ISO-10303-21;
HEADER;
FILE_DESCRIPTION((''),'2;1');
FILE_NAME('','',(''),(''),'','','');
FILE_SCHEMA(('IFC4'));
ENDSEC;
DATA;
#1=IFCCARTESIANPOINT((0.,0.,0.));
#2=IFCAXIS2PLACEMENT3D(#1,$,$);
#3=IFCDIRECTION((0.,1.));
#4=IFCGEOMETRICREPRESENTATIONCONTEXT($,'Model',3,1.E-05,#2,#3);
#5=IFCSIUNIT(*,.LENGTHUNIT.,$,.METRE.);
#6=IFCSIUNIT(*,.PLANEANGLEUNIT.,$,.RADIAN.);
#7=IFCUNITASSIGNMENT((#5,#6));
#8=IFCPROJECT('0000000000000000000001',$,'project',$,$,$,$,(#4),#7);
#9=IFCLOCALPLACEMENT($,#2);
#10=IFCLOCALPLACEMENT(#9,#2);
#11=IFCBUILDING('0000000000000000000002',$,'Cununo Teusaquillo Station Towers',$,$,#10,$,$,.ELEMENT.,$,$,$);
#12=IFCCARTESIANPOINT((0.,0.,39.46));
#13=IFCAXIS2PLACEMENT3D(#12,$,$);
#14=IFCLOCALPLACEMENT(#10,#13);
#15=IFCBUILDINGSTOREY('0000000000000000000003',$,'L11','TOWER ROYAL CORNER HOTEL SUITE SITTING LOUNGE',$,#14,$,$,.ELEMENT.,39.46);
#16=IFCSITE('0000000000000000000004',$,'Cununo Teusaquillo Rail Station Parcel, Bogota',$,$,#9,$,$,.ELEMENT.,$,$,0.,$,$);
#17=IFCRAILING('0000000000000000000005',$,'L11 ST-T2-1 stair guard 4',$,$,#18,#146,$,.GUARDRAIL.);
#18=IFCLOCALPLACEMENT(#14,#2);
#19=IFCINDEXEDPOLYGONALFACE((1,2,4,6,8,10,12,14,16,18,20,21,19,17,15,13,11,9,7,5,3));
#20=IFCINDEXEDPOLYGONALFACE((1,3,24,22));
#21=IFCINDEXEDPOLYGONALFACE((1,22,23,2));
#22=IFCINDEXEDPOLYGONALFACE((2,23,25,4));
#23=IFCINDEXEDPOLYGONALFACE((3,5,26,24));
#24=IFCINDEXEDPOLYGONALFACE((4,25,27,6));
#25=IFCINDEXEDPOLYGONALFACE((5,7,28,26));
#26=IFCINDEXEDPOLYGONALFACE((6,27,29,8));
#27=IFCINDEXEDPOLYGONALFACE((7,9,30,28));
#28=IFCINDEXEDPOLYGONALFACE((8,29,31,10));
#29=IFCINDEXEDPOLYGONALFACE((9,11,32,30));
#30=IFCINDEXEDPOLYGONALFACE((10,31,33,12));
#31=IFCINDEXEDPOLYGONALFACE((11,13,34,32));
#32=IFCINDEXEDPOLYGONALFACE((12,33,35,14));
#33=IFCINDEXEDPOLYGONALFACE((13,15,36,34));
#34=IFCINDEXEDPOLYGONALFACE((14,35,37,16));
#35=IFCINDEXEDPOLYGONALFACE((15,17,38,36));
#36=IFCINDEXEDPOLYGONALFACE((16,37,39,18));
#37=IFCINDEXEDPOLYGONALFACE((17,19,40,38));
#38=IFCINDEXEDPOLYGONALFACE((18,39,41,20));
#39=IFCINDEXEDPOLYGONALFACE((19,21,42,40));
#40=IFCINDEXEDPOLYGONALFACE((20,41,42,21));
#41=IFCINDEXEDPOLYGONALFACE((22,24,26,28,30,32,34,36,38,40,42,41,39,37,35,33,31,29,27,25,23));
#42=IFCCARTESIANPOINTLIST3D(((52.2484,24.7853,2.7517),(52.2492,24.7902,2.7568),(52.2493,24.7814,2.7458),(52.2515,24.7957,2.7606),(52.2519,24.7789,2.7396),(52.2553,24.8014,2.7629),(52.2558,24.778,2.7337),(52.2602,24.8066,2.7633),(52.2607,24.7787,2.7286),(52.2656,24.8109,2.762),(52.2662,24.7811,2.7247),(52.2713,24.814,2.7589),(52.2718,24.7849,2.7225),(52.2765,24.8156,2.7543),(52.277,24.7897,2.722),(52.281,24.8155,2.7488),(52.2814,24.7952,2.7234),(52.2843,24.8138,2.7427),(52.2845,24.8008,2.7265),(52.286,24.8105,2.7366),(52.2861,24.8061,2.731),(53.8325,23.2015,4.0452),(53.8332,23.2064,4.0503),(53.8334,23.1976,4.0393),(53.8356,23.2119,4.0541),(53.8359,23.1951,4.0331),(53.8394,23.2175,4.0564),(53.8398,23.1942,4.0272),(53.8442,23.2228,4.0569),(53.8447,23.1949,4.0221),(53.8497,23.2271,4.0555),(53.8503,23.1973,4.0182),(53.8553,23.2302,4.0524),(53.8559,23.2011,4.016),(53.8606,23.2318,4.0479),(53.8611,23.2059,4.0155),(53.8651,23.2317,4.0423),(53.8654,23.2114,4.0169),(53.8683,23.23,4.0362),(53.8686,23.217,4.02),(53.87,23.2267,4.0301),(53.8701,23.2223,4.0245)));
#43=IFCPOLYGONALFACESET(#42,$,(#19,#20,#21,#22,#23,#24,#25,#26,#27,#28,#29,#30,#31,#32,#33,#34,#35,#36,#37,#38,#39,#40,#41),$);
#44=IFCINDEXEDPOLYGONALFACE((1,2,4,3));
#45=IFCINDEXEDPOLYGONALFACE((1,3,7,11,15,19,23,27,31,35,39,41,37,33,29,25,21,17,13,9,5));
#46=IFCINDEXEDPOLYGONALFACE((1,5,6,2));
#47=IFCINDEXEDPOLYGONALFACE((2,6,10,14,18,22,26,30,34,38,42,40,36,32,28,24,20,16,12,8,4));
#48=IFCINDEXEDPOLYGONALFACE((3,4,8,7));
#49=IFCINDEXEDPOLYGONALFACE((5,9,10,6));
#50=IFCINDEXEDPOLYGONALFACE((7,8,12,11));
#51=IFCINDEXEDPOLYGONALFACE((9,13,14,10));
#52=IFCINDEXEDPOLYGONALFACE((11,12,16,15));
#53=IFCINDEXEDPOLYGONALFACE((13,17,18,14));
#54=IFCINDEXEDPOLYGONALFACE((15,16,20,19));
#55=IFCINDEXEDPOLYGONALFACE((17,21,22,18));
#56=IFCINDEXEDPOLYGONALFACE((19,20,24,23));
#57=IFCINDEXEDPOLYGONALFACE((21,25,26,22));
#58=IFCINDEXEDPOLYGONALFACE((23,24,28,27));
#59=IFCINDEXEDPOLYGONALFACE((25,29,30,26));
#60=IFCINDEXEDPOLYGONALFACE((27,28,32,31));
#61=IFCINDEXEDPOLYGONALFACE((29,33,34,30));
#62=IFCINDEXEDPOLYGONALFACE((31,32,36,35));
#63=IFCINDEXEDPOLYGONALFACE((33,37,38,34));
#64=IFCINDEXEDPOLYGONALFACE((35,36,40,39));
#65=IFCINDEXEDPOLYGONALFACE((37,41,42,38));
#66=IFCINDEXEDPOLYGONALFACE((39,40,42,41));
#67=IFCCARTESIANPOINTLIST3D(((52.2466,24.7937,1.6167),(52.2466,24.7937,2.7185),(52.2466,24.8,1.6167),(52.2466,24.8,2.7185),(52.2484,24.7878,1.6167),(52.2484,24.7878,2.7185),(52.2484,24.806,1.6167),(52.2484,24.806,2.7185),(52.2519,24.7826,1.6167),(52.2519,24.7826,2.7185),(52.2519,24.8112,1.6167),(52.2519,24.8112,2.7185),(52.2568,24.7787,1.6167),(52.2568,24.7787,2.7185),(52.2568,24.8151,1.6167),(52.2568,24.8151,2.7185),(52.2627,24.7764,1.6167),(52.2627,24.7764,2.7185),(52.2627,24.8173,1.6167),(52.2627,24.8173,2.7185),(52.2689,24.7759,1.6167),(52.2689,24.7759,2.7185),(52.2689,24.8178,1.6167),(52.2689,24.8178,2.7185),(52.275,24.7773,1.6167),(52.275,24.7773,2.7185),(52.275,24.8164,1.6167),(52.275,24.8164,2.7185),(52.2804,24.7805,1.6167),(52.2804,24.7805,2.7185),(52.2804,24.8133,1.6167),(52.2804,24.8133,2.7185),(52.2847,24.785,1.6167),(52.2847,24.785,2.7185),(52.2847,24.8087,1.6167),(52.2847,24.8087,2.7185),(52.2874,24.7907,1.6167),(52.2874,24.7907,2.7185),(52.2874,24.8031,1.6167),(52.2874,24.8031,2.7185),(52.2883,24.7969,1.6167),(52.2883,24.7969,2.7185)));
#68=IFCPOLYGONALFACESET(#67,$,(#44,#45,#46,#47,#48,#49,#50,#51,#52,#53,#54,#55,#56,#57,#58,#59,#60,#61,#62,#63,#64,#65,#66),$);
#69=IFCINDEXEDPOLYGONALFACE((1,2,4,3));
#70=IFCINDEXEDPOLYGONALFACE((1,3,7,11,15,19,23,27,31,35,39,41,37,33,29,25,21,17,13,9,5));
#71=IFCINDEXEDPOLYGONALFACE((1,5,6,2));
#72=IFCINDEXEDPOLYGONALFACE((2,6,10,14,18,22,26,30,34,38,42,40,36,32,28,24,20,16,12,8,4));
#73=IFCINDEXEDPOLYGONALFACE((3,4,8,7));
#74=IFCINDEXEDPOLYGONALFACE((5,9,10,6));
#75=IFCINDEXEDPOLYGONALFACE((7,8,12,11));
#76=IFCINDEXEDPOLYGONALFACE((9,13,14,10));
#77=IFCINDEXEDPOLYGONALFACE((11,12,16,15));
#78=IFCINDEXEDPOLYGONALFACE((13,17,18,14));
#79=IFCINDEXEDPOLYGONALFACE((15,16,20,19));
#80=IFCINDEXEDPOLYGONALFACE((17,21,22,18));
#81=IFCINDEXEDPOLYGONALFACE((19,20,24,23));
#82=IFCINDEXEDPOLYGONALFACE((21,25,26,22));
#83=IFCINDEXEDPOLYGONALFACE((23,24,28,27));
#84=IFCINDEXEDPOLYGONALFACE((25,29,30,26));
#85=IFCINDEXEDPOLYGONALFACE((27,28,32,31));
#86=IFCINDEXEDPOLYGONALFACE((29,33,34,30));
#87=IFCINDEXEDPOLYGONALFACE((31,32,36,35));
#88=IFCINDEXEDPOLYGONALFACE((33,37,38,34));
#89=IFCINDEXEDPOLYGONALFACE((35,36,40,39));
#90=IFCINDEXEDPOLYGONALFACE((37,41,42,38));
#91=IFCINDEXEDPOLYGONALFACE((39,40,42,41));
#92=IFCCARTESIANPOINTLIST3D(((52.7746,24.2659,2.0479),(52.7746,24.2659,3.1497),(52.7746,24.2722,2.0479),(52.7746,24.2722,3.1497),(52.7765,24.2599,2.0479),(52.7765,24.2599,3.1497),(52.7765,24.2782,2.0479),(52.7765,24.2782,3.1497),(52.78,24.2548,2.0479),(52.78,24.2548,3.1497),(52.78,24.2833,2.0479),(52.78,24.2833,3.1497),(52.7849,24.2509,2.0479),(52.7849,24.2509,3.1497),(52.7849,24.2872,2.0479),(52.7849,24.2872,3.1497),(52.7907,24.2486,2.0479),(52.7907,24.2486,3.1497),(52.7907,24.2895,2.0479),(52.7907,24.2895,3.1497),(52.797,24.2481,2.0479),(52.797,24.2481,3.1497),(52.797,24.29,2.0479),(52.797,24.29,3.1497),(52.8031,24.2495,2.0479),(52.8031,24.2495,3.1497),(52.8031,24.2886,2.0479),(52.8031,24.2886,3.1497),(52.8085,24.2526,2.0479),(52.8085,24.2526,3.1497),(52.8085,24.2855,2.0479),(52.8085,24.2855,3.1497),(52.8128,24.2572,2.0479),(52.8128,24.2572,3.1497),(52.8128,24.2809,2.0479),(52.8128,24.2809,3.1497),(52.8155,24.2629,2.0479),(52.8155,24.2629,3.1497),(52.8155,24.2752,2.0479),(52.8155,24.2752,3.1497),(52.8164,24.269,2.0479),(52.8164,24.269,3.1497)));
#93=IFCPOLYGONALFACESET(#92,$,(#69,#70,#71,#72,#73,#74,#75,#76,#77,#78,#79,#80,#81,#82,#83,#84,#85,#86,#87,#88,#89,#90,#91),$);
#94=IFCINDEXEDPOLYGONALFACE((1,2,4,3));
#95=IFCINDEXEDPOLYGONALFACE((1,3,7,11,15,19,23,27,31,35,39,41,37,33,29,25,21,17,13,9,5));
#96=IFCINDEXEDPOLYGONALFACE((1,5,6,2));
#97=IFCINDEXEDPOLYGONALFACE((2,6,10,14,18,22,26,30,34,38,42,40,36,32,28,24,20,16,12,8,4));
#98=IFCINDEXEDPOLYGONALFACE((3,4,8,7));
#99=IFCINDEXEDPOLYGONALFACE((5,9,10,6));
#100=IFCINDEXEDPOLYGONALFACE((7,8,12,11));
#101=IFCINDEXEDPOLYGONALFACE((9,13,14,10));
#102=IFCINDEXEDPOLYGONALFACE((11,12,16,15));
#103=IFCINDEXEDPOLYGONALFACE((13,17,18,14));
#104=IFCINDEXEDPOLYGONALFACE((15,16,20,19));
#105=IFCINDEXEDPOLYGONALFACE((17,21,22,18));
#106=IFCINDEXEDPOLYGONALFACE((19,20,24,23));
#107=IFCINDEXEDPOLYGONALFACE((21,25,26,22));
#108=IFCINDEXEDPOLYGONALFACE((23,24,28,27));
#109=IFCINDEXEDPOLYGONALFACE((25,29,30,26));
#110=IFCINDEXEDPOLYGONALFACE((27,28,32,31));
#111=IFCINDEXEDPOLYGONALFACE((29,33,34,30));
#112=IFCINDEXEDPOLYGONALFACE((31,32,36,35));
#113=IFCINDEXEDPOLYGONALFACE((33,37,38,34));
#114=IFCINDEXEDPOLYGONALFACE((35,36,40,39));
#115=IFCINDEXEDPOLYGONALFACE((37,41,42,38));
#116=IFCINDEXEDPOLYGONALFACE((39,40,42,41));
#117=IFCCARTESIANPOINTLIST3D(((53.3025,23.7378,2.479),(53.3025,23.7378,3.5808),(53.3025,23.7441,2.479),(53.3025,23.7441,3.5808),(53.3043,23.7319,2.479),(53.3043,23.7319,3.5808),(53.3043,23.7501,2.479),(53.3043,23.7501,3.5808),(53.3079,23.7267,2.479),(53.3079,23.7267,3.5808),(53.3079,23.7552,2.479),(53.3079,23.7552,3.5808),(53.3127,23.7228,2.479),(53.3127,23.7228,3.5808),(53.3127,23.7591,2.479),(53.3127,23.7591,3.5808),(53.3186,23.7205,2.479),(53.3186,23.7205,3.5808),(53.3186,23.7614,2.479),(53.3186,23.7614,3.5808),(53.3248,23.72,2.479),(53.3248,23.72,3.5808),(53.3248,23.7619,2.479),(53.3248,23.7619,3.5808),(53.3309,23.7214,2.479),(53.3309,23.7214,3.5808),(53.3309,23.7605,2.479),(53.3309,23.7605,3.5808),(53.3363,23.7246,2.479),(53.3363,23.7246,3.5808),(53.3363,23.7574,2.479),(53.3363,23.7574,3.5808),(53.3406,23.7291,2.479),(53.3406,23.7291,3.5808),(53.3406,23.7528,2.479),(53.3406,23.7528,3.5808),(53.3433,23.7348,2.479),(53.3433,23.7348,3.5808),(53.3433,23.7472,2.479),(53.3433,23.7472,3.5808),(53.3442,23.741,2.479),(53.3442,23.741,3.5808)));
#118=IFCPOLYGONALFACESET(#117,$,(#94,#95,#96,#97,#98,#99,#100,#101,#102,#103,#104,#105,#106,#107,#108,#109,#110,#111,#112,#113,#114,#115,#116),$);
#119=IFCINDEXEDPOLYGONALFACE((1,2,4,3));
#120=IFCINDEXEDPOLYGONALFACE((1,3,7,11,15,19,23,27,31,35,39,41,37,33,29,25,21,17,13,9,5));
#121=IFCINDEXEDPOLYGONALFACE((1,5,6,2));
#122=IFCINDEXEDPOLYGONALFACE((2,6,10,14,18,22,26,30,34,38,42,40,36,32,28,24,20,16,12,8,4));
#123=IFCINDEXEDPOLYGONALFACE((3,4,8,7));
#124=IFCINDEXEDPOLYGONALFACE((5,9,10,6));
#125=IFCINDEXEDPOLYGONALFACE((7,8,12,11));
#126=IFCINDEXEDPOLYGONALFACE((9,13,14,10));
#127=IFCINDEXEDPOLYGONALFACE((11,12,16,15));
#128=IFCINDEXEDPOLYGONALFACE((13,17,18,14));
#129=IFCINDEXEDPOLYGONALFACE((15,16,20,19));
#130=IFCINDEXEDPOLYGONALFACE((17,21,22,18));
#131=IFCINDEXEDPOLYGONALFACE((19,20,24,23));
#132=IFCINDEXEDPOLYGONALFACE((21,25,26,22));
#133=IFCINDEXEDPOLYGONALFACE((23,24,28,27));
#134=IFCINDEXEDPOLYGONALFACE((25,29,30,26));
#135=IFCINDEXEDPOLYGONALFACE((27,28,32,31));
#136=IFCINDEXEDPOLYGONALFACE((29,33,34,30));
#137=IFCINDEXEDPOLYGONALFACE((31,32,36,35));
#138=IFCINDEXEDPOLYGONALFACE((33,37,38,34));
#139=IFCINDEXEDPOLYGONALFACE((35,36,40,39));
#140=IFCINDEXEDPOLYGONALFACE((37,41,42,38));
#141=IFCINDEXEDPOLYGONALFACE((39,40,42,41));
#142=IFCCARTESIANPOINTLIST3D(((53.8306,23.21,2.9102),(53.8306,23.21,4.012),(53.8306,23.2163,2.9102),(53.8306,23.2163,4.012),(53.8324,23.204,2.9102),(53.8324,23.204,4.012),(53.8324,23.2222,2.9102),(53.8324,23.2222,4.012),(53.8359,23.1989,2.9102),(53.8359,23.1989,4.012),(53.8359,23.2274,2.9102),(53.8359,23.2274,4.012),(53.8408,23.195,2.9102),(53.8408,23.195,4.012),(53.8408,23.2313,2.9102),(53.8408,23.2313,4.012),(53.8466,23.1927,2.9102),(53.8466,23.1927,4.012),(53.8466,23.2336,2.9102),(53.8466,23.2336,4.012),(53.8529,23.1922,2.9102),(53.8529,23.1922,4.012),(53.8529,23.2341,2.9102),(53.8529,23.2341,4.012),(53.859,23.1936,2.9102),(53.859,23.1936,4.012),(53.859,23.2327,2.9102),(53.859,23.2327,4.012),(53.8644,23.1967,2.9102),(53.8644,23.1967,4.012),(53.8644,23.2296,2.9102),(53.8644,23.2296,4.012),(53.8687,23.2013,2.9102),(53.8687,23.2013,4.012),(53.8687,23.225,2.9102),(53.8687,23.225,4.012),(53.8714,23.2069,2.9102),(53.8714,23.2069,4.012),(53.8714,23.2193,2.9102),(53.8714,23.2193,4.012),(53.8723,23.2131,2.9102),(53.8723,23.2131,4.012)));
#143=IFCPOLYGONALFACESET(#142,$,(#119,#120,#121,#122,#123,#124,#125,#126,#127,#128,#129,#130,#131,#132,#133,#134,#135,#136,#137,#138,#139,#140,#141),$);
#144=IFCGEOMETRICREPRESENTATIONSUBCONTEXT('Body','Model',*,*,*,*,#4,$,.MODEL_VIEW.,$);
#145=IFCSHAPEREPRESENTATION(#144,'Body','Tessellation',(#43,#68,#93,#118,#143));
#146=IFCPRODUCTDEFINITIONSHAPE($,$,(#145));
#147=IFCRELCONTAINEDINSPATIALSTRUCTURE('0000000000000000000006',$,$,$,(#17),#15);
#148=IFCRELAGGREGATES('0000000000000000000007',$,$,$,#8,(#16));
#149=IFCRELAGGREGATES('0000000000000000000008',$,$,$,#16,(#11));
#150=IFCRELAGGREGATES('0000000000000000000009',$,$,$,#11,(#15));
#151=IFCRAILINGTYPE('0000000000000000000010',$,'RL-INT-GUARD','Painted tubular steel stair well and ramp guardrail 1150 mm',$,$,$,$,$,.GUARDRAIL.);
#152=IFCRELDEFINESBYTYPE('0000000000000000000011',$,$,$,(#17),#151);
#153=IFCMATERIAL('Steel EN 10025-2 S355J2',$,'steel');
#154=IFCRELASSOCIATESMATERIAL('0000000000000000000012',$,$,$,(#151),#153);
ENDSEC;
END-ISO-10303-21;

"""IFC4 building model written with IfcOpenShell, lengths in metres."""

from ifc_helpers import new_model, si_unit, direction, frame, origin, origin_2d, place, context, subcontext, project, spatial, circle, extrude, material, type_object, element, save


model = new_model("IFC4")

# Units and contexts
model_context = context("Model", 3, precision=1e-05, world=origin(), true_north=direction((0.0, 1.0)))
body_context = subcontext(model_context, "Body", "Model", "MODEL_VIEW")
ifc_project = project(units=[si_unit("LENGTHUNIT", "METRE"), si_unit("PLANEANGLEUNIT", "RADIAN")], contexts=[model_context])

# Site, building, storey
site_placement = place(None, origin())
site = spatial("IfcSite", under=ifc_project, at=site_placement, Name="Cununo Teusaquillo Rail Station Parcel, Bogota", CompositionType="ELEMENT", RefElevation=0.0)
building_placement = place(site_placement, origin())
building = spatial("IfcBuilding", under=site, at=building_placement, Name="Cununo Teusaquillo Station Towers", CompositionType="ELEMENT")
storey_placement = place(building_placement, frame((0.0, 0.0, 39.46)))
storey = spatial("IfcBuildingStorey", under=building, at=storey_placement, Name="L11", Description="TOWER ROYAL CORNER HOTEL SUITE SITTING LOUNGE", CompositionType="ELEMENT", Elevation=39.46)

# Railing
ifc_material_1 = material(Name="Steel EN 10025-2 S355J2", Category="steel")
railing_type_1 = type_object("IfcRailingType", Name="RL-INT-GUARD", Description="Painted tubular steel stair well and ramp guardrail 1150 mm", PredefinedType="GUARDRAIL", material=ifc_material_1)
railing_1_placement = place(storey_placement, frame((52.2673, 24.7969, 1.6167)))
element("IfcRailing", 1, at=railing_1_placement, inside=storey, type_object=railing_type_1, Name="L11 ST-T2-1 stair guard 4", PredefinedType="GUARDRAIL", context=body_context, shape_type="SweptSolid", body=[
    extrude(circle(Radius=0.0239, at=origin_2d()), frame((0.0, 0.0, 1.126), z_axis=(0.612391, -0.612297, 0.500069), x_axis=(0.707052, 0.707161, 0.0)), (0.0, 0.0, 1.0), 2.5867),
    extrude(circle(Radius=0.021, at=origin_2d()), origin(), (0.0, 0.0, 1.0), 1.1018),
    extrude(circle(Radius=0.021, at=origin_2d()), frame((0.5281, -0.5278, 0.4312)), (0.0, 0.0, 1.0), 1.1018),
    extrude(circle(Radius=0.021, at=origin_2d()), frame((1.0559, -1.0559, 0.8623)), (0.0, 0.0, 1.0), 1.1018),
    extrude(circle(Radius=0.021, at=origin_2d()), frame((1.584, -1.5837, 1.2935)), (0.0, 0.0, 1.0), 1.1018),
])

save(model, "model.ifc")
